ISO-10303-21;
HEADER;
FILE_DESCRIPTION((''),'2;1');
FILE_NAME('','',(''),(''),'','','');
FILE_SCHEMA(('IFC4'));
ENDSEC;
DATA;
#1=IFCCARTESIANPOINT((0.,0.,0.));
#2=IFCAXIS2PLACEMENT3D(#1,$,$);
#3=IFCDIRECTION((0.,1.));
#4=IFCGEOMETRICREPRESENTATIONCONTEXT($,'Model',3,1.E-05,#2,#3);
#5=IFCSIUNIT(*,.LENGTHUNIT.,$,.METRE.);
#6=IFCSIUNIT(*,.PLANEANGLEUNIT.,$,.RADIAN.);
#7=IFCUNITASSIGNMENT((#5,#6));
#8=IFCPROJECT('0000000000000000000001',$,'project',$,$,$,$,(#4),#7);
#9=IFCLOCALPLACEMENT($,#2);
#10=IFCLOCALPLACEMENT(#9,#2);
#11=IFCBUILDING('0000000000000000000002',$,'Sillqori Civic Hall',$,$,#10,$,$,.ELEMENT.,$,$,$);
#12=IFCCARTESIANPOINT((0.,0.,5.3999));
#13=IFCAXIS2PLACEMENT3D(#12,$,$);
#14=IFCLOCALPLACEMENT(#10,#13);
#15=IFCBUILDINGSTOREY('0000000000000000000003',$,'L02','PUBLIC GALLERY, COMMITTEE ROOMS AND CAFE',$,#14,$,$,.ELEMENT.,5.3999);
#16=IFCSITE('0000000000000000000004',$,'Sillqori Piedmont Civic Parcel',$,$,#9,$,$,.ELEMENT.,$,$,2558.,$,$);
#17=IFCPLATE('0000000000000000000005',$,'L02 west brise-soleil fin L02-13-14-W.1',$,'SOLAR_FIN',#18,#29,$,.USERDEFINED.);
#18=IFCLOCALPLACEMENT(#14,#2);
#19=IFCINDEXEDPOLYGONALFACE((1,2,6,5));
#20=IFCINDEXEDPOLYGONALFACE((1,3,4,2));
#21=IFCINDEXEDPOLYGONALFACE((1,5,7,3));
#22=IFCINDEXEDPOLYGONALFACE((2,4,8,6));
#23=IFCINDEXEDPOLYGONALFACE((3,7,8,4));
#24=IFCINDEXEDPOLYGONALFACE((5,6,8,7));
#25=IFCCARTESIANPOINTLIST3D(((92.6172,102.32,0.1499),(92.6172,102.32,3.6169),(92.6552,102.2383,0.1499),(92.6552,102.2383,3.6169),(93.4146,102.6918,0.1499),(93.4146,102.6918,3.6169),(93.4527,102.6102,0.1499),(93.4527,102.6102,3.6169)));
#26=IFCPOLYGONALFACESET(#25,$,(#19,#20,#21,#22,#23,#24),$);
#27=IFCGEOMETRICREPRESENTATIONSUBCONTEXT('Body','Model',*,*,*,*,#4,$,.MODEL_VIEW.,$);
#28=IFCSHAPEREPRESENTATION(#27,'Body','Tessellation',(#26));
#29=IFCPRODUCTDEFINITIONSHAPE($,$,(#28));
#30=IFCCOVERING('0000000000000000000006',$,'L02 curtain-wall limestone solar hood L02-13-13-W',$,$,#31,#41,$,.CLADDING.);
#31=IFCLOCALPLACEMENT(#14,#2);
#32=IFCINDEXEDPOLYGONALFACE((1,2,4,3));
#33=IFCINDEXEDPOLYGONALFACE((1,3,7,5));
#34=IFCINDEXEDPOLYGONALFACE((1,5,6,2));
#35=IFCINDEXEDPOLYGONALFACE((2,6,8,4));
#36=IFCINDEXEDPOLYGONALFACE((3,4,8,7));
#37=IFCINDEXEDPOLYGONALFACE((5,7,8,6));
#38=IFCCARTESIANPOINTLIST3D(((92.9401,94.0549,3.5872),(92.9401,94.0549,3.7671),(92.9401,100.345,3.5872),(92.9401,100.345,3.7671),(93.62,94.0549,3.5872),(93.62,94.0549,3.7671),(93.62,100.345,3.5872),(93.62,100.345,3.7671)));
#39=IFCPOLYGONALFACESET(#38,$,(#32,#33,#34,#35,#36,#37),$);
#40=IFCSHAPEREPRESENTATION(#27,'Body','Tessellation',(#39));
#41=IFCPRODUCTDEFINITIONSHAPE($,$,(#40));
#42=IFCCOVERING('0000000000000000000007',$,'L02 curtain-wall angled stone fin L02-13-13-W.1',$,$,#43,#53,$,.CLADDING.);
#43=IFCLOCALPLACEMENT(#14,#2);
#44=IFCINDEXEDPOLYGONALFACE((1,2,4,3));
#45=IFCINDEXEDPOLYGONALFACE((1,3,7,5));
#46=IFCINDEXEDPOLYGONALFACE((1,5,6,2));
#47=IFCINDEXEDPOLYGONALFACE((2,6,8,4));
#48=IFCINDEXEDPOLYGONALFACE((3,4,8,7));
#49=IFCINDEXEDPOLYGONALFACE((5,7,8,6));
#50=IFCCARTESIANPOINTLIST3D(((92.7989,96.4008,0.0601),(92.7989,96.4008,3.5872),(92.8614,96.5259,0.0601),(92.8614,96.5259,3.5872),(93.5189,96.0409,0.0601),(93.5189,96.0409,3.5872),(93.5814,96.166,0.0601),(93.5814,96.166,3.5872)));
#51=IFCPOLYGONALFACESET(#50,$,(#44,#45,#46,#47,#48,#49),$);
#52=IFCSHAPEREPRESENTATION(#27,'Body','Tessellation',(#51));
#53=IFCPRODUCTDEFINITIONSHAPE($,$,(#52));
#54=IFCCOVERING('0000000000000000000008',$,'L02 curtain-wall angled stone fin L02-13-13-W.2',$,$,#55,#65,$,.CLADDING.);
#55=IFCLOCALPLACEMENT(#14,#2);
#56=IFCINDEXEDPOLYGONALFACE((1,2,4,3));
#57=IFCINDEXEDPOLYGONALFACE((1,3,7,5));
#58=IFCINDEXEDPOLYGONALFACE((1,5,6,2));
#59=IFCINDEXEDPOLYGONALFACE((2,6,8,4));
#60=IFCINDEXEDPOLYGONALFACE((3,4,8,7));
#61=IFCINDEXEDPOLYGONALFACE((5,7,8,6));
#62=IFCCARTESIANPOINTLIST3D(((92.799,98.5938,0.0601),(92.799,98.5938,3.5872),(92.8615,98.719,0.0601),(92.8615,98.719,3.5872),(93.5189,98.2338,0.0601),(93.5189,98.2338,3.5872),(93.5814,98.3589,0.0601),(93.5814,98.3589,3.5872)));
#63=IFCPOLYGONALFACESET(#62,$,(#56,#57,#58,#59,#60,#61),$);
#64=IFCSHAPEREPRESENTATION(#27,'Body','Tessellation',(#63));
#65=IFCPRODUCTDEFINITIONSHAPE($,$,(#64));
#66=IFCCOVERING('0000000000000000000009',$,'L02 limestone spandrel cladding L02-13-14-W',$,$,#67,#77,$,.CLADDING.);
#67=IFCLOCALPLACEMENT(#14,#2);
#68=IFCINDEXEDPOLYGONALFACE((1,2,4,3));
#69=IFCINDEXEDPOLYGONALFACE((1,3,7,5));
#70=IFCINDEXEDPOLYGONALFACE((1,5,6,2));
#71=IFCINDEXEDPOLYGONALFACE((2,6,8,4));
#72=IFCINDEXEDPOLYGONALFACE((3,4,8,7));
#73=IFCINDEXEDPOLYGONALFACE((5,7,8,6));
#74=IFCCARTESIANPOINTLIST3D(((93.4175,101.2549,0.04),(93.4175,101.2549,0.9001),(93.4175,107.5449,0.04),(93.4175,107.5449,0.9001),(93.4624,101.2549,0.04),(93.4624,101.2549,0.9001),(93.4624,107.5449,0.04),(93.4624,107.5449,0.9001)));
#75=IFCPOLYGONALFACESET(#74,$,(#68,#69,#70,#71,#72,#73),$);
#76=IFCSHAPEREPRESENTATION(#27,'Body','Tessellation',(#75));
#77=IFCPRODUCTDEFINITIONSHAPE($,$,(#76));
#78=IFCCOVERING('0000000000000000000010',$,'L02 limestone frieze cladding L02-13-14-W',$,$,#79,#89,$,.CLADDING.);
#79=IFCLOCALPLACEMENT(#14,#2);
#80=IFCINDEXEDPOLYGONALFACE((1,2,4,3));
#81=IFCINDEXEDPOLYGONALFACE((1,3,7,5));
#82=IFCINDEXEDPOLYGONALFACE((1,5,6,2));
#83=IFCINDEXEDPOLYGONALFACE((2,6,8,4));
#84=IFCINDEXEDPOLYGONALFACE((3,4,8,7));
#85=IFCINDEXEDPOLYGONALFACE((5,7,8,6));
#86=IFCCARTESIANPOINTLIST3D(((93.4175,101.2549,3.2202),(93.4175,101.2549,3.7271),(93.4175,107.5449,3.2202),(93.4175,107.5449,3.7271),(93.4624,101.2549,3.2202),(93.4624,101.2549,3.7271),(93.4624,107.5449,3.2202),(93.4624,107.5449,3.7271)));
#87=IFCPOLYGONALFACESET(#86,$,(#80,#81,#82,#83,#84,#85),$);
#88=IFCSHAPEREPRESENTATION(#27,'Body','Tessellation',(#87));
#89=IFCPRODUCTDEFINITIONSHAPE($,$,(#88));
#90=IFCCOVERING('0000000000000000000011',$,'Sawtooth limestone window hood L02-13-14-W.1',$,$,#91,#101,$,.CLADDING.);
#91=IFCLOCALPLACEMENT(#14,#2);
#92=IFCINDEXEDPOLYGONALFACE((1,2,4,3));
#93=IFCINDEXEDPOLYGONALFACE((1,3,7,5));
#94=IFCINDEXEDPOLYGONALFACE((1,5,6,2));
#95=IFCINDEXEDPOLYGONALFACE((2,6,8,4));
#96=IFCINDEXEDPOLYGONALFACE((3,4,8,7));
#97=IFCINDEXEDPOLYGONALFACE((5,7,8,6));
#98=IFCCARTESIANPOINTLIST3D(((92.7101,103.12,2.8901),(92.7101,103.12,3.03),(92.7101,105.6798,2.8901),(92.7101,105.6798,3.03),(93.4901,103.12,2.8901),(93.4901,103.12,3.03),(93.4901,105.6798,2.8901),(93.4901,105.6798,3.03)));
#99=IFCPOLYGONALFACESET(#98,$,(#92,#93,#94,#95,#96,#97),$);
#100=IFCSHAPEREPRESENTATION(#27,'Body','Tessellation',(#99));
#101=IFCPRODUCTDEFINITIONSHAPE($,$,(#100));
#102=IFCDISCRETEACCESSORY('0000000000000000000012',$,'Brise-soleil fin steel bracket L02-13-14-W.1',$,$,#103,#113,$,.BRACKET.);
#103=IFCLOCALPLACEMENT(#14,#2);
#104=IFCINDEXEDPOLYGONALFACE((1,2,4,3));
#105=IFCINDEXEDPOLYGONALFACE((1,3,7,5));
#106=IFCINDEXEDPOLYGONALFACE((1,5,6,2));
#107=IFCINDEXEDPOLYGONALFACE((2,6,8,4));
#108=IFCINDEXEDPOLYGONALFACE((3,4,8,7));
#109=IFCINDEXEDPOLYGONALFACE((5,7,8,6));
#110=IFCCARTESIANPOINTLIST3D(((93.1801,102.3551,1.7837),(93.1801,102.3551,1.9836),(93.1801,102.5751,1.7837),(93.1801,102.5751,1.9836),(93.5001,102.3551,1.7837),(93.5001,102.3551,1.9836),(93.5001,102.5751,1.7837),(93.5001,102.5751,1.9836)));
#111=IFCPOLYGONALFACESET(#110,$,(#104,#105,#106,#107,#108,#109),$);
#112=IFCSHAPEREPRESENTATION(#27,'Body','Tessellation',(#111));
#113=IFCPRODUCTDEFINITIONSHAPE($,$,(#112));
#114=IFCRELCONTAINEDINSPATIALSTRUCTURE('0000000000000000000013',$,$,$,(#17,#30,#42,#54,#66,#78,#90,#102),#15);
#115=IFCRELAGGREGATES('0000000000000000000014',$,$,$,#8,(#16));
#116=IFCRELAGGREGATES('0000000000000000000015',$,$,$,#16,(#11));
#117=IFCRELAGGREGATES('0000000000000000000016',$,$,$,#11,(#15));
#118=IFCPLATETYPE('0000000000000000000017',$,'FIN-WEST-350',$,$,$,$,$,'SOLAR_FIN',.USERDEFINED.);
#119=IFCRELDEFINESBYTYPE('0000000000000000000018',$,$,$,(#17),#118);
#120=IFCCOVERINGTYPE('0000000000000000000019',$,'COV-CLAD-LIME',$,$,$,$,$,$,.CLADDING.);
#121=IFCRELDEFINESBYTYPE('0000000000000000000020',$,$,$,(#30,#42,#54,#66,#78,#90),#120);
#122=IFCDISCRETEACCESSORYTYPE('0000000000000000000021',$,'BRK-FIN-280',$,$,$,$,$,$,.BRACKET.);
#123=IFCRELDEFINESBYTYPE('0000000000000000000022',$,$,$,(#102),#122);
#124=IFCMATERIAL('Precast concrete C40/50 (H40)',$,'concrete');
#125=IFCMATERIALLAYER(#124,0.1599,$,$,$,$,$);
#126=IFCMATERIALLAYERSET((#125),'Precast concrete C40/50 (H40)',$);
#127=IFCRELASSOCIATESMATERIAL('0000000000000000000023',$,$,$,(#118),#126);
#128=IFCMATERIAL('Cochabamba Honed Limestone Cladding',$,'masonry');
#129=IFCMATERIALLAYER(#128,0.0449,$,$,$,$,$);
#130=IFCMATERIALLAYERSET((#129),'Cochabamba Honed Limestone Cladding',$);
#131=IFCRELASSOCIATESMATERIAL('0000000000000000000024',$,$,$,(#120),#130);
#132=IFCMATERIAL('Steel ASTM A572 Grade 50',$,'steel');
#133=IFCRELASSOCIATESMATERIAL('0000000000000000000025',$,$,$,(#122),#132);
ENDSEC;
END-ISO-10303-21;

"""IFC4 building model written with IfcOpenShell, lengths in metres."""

from ifc_helpers import new_model, si_unit, direction, frame, frame_2d, origin, origin_2d, place, context, subcontext, project, spatial, rectangle, extrude, material, layer, layer_set, type_object, element, save


model = new_model("IFC4")

# Units and contexts
model_context = context("Model", 3, precision=1e-05, world=origin(), true_north=direction((0.0, 1.0)))
body_context = subcontext(model_context, "Body", "Model", "MODEL_VIEW")
ifc_project = project(units=[si_unit("LENGTHUNIT", "METRE"), si_unit("PLANEANGLEUNIT", "RADIAN")], contexts=[model_context])

# Site, building, storey
site_placement = place(None, origin())
building_placement = place(site_placement, origin())
storey_placement = place(building_placement, frame((0.0, 0.0, 5.3999)))
site = spatial("IfcSite", under=ifc_project, at=site_placement, Name="Sillqori Piedmont Civic Parcel", CompositionType="ELEMENT", RefElevation=2558.0)
building = spatial("IfcBuilding", under=site, at=building_placement, Name="Sillqori Civic Hall", CompositionType="ELEMENT")
storey = spatial("IfcBuildingStorey", under=building, at=storey_placement, Name="L02", Description="PUBLIC GALLERY, COMMITTEE ROOMS AND CAFE", CompositionType="ELEMENT", Elevation=5.3999)

# Plate
ifc_material_1 = material(Name="Precast concrete C40/50 (H40)", Category="concrete")
ifc_layer_1 = layer(ifc_material_1, 0.1599)
ifc_layer_set_1 = layer_set([ifc_layer_1], Name="Precast concrete C40/50 (H40)")
plate_type_1 = type_object("IfcPlateType", Name="FIN-WEST-350", ElementType="SOLAR_FIN", PredefinedType="USERDEFINED", material=ifc_layer_set_1)
plate_1_placement = place(storey_placement, frame((93.0349, 102.4651, 0.1499), z_axis=(0.0, 0.0, 1.0), x_axis=(-0.422618, 0.906308, 0.0)))
element("IfcPlate", 1, at=plate_1_placement, inside=storey, type_object=plate_type_1, Name="L02 west brise-soleil fin L02-13-14-W.1", ObjectType="SOLAR_FIN", PredefinedType="USERDEFINED", context=body_context, shape_type="SweptSolid", body=[
    extrude(rectangle(XDim=0.0901, YDim=0.8799, at=origin_2d()), origin(), (0.0, 0.0, 1.0), 3.467),
])

# Coverings
ifc_material_2 = material(Name="Cochabamba Honed Limestone Cladding", Category="masonry")
ifc_layer_2 = layer(ifc_material_2, 0.0449)
ifc_layer_set_2 = layer_set([ifc_layer_2], Name="Cochabamba Honed Limestone Cladding")
covering_type = type_object("IfcCoveringType", Name="COV-CLAD-LIME", PredefinedType="CLADDING", material=ifc_layer_set_2)
covering_1_placement = place(storey_placement, frame((93.28, 94.0549, 3.5872), z_axis=(0.0, 0.0, 1.0), x_axis=(0.0, 1.0, 0.0)))
element("IfcCovering", 2, at=covering_1_placement, inside=storey, type_object=covering_type, Name="L02 curtain-wall limestone solar hood L02-13-13-W", PredefinedType="CLADDING", context=body_context, shape_type="SweptSolid", body=[
    extrude(rectangle(XDim=6.29, YDim=0.6799, at=frame_2d((3.145, 0.0))), origin(), (0.0, 0.0, 1.0), 0.1799),
])
for number, where, z_axis, x_axis, name in (
    (3, (93.55, 96.1035, 0.0601), (0.0, 0.0, 1.0), (-0.894488, 0.447092, 0.0), "L02 curtain-wall angled stone fin L02-13-13-W.1"),
    (4, (93.55, 98.2964, 0.0601), (0.0, 0.0, 1.0), (-0.894367, 0.447335, 0.0), "L02 curtain-wall angled stone fin L02-13-13-W.2"),
):
    element("IfcCovering", number, at=place(storey_placement, frame(where, z_axis=z_axis, x_axis=x_axis)), inside=storey, type_object=covering_type, Name=name, PredefinedType="CLADDING", context=body_context, shape_type="SweptSolid", body=[
        extrude(rectangle(XDim=0.8049, YDim=0.1399, at=frame_2d((0.4023, 0.0))), origin(), (0.0, 0.0, 1.0), 3.5271),
    ])
covering_2_placement = place(storey_placement, frame((93.4399, 101.2549, 0.04), z_axis=(0.0, 0.0, 1.0), x_axis=(0.0, 1.0, 0.0)))
element("IfcCovering", 5, at=covering_2_placement, inside=storey, type_object=covering_type, Name="L02 limestone spandrel cladding L02-13-14-W", PredefinedType="CLADDING", context=body_context, shape_type="SweptSolid", body=[
    extrude(rectangle(XDim=6.29, YDim=0.0449, at=frame_2d((3.145, 0.0))), origin(), (0.0, 0.0, 1.0), 0.8601),
])
covering_3_placement = place(storey_placement, frame((93.4399, 101.2549, 3.2202), z_axis=(0.0, 0.0, 1.0), x_axis=(0.0, 1.0, 0.0)))
element("IfcCovering", 6, at=covering_3_placement, inside=storey, type_object=covering_type, Name="L02 limestone frieze cladding L02-13-14-W", PredefinedType="CLADDING", context=body_context, shape_type="SweptSolid", body=[
    extrude(rectangle(XDim=6.29, YDim=0.0449, at=frame_2d((3.145, 0.0))), origin(), (0.0, 0.0, 1.0), 0.5068),
])
covering_4_placement = place(storey_placement, frame((93.1001, 103.1201, 2.8901), z_axis=(0.0, 0.0, 1.0), x_axis=(0.0, 1.0, 0.0)))
element("IfcCovering", 7, at=covering_4_placement, inside=storey, type_object=covering_type, Name="Sawtooth limestone window hood L02-13-14-W.1", PredefinedType="CLADDING", context=body_context, shape_type="SweptSolid", body=[
    extrude(rectangle(XDim=2.5598, YDim=0.78, at=frame_2d((1.2798, 0.0))), origin(), (0.0, 0.0, 1.0), 0.1399),
])

# Discrete accessory
ifc_material_3 = material(Name="Steel ASTM A572 Grade 50", Category="steel")
discrete_accessory_type = type_object("IfcDiscreteAccessoryType", Name="BRK-FIN-280", PredefinedType="BRACKET", material=ifc_material_3)
discrete_accessory_placement = place(storey_placement, frame((93.3401, 102.4651, 1.7837), z_axis=(0.0, 0.0, 1.0), x_axis=(0.0, 1.0, 0.0)))
element("IfcDiscreteAccessory", 8, at=discrete_accessory_placement, inside=storey, type_object=discrete_accessory_type, Name="Brise-soleil fin steel bracket L02-13-14-W.1", PredefinedType="BRACKET", context=body_context, shape_type="SweptSolid", body=[
    extrude(rectangle(XDim=0.22, YDim=0.3201, at=origin_2d()), origin(), (0.0, 0.0, 1.0), 0.2),
])

save(model, "model.ifc")
